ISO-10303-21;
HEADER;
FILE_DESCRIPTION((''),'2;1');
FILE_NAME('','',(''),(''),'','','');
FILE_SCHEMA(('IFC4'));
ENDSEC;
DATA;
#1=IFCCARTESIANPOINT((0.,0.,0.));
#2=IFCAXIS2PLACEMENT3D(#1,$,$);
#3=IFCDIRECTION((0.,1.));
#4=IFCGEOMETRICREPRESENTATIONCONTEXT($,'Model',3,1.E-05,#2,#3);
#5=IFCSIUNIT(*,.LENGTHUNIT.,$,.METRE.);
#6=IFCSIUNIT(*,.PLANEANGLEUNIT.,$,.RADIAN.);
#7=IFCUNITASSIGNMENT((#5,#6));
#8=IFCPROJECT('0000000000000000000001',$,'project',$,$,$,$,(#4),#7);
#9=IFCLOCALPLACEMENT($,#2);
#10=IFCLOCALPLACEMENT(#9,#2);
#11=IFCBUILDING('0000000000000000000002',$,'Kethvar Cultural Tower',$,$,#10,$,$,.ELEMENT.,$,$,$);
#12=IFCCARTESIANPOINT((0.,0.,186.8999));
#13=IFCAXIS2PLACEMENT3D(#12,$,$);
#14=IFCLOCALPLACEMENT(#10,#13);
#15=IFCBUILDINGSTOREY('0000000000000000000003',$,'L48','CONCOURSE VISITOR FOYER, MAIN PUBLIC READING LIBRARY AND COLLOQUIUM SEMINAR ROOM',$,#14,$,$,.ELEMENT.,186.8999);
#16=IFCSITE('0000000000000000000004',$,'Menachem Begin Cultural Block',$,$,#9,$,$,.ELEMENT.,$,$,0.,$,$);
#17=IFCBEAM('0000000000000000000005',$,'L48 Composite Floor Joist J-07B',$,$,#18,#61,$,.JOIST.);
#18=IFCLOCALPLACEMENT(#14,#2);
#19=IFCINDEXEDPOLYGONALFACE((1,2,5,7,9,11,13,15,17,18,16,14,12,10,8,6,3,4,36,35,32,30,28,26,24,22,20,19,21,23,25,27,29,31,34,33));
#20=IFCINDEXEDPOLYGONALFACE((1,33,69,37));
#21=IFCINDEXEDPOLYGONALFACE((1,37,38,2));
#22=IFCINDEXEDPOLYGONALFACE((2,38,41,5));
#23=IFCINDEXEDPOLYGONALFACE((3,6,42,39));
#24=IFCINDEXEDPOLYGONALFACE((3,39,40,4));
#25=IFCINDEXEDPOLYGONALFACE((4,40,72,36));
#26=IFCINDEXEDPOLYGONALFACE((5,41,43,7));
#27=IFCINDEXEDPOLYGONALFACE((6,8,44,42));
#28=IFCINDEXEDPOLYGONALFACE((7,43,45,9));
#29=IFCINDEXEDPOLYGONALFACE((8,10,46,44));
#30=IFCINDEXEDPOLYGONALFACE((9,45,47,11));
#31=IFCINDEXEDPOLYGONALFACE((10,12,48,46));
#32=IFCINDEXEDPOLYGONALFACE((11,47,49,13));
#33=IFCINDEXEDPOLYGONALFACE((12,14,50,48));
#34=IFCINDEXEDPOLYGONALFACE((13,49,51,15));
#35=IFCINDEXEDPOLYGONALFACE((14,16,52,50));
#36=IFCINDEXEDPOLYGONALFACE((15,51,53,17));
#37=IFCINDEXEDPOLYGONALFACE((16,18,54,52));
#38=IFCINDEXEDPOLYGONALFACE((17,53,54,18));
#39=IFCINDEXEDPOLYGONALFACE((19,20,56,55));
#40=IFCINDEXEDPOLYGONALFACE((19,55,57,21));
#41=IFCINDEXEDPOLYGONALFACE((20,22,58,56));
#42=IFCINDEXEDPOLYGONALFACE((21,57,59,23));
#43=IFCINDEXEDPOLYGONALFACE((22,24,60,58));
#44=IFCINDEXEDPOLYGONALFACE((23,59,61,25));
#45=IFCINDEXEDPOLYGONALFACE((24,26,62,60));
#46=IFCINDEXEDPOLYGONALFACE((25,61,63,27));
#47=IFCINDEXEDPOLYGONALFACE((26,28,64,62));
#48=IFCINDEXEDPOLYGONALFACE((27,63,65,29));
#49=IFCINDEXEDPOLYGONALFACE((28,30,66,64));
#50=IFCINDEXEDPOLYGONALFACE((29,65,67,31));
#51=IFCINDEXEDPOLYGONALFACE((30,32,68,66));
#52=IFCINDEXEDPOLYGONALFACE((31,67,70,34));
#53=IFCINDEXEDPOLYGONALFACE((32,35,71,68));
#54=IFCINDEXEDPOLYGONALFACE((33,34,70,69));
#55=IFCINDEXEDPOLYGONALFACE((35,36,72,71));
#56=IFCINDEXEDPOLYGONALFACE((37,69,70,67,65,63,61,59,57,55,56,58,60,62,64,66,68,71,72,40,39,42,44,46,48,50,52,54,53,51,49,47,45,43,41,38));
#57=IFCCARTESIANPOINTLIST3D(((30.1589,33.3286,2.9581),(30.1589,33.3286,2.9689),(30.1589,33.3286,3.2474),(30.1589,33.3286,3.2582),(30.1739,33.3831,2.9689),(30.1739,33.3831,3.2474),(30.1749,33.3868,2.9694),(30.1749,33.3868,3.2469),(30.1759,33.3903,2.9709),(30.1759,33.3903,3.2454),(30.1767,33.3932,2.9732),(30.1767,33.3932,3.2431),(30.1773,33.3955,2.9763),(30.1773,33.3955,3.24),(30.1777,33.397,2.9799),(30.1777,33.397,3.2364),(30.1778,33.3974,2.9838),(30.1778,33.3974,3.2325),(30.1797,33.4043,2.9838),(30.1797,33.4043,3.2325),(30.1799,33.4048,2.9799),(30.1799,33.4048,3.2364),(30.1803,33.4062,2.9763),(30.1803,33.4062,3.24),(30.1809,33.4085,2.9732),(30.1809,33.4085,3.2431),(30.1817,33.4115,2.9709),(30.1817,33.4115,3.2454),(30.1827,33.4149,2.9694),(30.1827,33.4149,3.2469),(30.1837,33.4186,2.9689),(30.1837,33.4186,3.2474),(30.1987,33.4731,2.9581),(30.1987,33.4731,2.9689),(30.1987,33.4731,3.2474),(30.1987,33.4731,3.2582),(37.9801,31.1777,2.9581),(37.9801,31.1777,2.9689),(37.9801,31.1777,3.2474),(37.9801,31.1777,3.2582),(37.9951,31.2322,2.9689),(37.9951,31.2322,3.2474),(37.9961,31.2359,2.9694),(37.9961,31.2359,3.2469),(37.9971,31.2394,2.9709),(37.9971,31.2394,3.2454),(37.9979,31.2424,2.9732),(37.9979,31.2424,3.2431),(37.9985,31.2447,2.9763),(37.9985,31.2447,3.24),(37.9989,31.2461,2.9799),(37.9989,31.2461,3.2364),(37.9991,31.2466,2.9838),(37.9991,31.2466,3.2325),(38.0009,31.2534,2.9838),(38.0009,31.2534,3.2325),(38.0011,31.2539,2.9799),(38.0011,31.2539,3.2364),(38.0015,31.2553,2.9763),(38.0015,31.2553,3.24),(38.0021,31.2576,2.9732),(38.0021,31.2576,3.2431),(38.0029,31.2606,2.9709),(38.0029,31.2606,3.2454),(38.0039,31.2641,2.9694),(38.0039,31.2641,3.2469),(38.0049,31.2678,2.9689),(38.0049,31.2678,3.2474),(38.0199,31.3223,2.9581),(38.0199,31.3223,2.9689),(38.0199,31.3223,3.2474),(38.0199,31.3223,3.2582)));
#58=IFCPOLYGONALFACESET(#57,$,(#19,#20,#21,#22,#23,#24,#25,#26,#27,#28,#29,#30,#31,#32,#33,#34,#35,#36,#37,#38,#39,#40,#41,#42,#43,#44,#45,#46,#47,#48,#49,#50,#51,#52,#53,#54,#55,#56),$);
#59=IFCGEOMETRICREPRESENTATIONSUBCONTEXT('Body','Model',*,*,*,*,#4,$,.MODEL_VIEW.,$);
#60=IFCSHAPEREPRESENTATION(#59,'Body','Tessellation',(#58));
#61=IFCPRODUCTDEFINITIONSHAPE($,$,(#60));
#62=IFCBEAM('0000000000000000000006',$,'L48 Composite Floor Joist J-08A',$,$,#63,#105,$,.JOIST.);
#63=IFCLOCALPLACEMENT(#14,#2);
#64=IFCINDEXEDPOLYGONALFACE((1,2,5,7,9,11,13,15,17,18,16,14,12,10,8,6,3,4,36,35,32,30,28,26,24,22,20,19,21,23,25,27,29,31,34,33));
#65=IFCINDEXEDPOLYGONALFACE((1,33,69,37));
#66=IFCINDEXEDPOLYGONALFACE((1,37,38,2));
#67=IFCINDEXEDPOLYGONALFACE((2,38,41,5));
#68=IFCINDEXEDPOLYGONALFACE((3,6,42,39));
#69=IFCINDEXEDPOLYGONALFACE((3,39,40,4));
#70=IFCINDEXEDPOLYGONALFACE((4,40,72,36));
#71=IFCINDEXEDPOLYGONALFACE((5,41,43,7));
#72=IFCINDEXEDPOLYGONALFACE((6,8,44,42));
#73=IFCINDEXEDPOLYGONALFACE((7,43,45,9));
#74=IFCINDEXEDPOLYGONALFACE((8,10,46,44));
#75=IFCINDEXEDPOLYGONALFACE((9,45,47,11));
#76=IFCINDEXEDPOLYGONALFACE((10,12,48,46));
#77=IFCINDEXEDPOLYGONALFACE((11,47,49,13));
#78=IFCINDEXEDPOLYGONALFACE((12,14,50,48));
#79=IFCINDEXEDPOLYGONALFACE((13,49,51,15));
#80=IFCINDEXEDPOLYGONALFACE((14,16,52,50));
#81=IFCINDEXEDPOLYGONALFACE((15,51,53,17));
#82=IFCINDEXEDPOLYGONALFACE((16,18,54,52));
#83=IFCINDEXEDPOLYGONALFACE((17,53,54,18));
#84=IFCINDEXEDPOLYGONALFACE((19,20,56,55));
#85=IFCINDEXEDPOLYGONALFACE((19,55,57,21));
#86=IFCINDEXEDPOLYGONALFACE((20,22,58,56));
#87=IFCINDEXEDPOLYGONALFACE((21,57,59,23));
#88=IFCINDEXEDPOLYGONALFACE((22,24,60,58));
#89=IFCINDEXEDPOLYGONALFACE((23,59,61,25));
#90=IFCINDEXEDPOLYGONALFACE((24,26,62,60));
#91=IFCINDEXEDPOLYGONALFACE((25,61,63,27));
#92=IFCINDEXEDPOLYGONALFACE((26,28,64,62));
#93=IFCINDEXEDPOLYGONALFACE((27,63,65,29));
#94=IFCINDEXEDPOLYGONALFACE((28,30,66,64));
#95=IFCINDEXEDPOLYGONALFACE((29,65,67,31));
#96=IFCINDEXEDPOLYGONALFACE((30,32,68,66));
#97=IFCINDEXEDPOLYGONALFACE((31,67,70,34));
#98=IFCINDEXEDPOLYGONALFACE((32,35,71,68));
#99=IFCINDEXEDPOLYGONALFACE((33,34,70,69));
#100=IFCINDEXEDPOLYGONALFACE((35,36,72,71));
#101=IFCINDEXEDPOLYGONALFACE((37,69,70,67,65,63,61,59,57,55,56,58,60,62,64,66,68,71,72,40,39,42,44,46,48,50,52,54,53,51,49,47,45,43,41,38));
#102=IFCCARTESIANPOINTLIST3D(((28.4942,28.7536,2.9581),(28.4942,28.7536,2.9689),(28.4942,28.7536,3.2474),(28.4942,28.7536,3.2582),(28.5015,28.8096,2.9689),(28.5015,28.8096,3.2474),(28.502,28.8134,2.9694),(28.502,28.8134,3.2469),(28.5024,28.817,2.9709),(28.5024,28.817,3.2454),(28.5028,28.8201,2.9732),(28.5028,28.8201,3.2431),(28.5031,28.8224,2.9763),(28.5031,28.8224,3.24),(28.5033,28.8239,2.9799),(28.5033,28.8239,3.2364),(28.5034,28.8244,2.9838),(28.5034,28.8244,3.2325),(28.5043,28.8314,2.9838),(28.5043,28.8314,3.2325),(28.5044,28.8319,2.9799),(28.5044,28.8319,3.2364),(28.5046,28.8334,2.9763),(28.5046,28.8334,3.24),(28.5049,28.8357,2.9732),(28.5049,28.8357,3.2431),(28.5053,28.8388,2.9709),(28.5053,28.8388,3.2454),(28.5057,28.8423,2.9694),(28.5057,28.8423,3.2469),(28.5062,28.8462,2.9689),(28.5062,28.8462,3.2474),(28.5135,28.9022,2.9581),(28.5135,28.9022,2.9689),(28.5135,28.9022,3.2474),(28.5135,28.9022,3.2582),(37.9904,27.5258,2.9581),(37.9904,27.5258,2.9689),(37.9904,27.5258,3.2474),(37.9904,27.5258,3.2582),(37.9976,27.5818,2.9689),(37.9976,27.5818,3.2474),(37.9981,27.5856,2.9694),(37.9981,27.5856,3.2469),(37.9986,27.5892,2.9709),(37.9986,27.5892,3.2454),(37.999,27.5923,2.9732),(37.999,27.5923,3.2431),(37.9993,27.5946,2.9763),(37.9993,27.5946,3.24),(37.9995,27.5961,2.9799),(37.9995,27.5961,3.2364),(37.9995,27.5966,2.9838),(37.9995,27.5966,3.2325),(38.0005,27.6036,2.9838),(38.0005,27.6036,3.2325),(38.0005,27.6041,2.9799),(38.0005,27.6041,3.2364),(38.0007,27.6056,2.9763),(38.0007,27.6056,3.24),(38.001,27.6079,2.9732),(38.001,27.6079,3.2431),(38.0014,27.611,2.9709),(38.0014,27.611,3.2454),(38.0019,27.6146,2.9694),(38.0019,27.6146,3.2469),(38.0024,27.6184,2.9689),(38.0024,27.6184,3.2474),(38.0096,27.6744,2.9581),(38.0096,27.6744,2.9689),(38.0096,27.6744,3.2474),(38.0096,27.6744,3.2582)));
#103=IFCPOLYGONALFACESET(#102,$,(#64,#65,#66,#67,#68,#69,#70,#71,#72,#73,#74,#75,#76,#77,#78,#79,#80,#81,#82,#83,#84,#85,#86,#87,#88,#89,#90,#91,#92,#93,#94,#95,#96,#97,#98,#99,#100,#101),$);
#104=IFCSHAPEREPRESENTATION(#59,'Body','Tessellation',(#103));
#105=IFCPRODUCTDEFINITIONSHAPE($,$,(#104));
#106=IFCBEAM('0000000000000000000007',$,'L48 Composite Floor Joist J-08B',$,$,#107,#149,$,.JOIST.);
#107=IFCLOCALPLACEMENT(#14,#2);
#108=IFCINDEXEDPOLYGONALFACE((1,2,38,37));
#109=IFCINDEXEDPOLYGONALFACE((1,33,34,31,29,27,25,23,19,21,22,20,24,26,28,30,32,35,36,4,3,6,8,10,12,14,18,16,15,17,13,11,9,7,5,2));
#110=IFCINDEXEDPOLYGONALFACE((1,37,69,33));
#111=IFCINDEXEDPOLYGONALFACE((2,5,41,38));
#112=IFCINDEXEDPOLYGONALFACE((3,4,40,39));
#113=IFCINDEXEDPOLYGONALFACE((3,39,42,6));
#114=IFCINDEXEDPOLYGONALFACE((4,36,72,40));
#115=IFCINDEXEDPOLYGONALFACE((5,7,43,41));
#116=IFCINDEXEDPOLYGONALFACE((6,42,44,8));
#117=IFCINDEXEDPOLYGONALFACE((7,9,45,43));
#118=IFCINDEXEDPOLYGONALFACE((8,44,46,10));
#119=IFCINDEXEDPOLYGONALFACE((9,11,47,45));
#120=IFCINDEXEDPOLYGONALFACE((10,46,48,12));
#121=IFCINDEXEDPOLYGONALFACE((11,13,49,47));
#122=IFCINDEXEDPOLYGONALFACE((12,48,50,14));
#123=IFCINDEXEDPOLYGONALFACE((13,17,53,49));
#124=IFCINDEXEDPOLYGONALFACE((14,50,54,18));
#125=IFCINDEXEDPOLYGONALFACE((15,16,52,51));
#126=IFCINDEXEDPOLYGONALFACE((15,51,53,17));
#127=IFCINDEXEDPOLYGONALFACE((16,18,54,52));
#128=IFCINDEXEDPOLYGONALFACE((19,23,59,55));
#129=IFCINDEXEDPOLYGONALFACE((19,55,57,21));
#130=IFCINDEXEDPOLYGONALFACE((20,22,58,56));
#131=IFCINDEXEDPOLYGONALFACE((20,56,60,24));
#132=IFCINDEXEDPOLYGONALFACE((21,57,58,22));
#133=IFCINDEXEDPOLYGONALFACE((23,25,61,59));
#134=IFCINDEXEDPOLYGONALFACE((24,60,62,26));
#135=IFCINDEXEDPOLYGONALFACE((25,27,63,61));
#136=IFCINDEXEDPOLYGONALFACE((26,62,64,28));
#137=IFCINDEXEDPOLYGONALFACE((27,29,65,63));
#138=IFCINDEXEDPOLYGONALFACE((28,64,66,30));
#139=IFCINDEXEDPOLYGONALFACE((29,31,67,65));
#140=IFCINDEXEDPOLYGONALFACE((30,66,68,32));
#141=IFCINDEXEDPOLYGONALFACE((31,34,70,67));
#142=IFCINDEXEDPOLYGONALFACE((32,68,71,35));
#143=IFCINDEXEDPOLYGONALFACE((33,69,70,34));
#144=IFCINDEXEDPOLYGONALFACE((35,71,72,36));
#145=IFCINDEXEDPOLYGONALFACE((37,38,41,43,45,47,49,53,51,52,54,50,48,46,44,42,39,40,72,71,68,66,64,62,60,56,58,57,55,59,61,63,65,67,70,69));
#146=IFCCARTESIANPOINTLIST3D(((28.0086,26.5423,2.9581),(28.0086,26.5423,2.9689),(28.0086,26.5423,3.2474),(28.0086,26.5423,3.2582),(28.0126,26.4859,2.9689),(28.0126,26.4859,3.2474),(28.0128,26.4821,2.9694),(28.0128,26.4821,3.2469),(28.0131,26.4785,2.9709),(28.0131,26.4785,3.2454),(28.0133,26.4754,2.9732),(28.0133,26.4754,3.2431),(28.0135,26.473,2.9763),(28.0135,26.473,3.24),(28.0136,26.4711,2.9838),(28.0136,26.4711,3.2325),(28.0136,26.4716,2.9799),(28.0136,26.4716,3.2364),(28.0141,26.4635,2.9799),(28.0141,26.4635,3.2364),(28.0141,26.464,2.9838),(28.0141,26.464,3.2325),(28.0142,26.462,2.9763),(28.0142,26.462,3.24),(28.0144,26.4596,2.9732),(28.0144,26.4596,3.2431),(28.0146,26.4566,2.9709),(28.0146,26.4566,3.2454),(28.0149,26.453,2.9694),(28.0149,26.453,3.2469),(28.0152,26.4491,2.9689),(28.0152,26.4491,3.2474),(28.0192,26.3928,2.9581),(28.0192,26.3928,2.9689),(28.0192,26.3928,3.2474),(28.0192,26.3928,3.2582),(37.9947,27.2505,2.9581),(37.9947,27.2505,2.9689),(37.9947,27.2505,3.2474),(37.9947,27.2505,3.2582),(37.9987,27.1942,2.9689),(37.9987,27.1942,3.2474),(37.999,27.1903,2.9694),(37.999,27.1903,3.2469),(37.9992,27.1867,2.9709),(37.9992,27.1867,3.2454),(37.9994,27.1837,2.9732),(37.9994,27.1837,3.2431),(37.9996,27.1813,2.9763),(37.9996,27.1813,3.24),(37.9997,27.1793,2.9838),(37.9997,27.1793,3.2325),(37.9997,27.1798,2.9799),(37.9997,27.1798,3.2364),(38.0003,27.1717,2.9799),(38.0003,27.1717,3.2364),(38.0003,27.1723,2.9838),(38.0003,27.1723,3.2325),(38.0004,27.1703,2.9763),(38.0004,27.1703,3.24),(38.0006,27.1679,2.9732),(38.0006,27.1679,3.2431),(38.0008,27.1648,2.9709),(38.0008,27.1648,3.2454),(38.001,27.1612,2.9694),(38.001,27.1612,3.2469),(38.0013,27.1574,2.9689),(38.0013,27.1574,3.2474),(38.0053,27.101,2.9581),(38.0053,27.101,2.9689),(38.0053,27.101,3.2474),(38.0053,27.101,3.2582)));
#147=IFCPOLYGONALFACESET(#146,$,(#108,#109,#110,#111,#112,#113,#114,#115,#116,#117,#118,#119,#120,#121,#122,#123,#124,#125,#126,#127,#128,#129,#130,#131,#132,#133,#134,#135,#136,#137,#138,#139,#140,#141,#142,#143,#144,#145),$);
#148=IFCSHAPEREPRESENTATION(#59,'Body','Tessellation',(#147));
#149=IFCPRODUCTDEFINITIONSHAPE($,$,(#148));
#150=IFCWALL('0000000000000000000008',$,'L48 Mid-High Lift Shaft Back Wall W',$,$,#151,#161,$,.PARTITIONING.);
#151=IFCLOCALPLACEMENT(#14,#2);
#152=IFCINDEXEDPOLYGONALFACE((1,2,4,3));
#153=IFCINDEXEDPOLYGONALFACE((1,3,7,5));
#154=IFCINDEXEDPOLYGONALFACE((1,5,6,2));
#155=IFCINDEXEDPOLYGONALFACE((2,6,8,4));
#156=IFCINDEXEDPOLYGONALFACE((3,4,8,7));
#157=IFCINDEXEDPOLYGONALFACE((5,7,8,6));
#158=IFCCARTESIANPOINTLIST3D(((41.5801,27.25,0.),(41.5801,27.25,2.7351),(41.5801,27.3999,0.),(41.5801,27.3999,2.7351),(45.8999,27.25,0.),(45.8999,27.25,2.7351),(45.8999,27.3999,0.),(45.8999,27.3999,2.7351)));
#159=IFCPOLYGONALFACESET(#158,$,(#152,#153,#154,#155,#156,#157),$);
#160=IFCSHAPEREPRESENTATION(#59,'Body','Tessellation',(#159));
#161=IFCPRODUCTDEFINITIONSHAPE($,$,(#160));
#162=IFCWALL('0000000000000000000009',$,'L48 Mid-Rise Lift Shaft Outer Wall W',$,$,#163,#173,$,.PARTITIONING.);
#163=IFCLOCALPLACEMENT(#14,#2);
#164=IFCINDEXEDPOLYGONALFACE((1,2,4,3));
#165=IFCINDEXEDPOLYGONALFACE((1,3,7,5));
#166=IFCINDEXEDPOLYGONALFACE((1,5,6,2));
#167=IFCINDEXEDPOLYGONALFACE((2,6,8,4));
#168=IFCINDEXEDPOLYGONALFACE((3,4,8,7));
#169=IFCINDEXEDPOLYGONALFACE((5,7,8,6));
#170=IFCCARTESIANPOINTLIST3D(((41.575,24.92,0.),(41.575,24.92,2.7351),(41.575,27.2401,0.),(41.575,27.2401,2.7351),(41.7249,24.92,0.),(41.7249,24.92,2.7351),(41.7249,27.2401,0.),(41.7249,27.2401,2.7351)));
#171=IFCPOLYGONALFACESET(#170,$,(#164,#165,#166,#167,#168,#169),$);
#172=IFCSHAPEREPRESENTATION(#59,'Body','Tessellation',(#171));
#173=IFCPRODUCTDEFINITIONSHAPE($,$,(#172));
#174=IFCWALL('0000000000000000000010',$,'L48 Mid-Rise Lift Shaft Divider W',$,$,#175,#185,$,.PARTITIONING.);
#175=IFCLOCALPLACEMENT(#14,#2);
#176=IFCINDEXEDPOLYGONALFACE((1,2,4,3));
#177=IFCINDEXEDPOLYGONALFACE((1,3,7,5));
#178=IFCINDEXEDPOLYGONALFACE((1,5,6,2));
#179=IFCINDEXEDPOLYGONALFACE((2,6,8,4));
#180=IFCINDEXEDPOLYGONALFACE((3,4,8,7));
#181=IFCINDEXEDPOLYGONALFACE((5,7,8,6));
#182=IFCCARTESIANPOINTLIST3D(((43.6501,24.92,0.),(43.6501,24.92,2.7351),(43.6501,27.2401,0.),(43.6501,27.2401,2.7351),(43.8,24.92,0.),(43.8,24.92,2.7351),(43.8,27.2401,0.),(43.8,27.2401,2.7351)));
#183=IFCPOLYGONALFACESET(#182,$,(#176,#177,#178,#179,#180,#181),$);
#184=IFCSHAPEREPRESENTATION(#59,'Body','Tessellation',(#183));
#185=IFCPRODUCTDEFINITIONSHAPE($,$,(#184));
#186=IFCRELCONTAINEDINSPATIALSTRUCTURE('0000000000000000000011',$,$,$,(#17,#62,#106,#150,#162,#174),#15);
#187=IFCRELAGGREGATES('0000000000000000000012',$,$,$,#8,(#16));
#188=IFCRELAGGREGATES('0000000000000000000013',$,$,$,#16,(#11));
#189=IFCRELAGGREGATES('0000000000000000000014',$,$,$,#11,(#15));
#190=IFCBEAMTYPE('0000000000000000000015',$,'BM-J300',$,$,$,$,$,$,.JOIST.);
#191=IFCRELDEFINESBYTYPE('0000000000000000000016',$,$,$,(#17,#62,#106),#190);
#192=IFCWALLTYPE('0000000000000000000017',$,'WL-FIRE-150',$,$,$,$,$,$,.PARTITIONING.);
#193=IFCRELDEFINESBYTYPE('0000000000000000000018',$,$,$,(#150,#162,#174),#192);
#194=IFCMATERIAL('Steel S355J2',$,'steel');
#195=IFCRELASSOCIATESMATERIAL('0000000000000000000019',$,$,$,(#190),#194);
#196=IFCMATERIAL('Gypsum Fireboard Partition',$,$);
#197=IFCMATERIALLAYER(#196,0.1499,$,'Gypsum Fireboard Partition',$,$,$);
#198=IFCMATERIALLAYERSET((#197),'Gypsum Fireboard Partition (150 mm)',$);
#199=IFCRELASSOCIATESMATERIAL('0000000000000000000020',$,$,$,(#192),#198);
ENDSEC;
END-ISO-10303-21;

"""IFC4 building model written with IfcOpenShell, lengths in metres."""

from ifc_helpers import new_model, si_unit, direction, frame, frame_2d, origin, origin_2d, place, context, subcontext, project, spatial, rectangle, i_section, extrude, source, transform, mapped, material, layer, layer_set, material_profile, profile_set, type_object, element, save


model = new_model("IFC4")

# Units and contexts
model_context = context("Model", 3, precision=1e-05, world=origin(), true_north=direction((0.0, 1.0)))
body_context = subcontext(model_context, "Body", "Model", "MODEL_VIEW")
ifc_project = project(units=[si_unit("LENGTHUNIT", "METRE"), si_unit("PLANEANGLEUNIT", "RADIAN")], contexts=[model_context])

# Site, building, storey
site_placement = place(None, origin())
site = spatial("IfcSite", under=ifc_project, at=site_placement, Name="Menachem Begin Cultural Block", CompositionType="ELEMENT", RefElevation=0.0)
building_placement = place(site_placement, origin())
building = spatial("IfcBuilding", under=site, at=building_placement, Name="Kethvar Cultural Tower", CompositionType="ELEMENT")
storey_placement = place(building_placement, frame((0.0, 0.0, 186.8999)))
storey = spatial("IfcBuildingStorey", under=building, at=storey_placement, Name="L48", Description="CONCOURSE VISITOR FOYER, MAIN PUBLIC READING LIBRARY AND COLLOQUIUM SEMINAR ROOM", CompositionType="ELEMENT", Elevation=186.8999)

# Beams
ifc_material_1 = material(Name="Steel S355J2", Category="steel")
ifc_material_profile_1 = material_profile(ifc_material_1, i_section(OverallWidth=0.1499, OverallDepth=0.3, WebThickness=0.0071, FlangeThickness=0.0107, FilletRadius=0.0149, at=origin_2d()), Name="Steel S355J2 — IPE300")
ifc_profile_set_1 = profile_set([ifc_material_profile_1], Name="Steel S355J2 — IPE300")
beam_type_1 = type_object("IfcBeamType", Name="BM-J300", PredefinedType="JOIST", material=ifc_profile_set_1)
shared_shape_1 = source(origin(), body_context, "Body", "SweptSolid", [
    extrude(i_section(OverallWidth=0.1499, OverallDepth=0.3, WebThickness=0.0071, FlangeThickness=0.0107, FilletRadius=0.0149, at=origin_2d()), origin(), (0.0, 0.0, 1.0), 8.1116),
])
beam_1_placement = place(storey_placement, frame((38.0, 31.25, 3.1082), z_axis=(-0.964205, 0.265159, 0.0), x_axis=(-0.265159, -0.964205, 0.0)))
element("IfcBeam", 1, at=beam_1_placement, inside=storey, type_object=beam_type_1, Name="L48 Composite Floor Joist J-07B", PredefinedType="JOIST", context=body_context, shape_type="MappedRepresentation", body=[
    mapped(shared_shape_1, transform((0.0, 0.0, 0.0), scale=1.0)),
])
shared_shape_2 = source(origin(), body_context, "Body", "SweptSolid", [
    extrude(i_section(OverallWidth=0.1499, OverallDepth=0.3, WebThickness=0.0071, FlangeThickness=0.0107, FilletRadius=0.0149, at=origin_2d()), origin(), (0.0, 0.0, 1.0), 9.5752),
])
beam_2_placement = place(storey_placement, frame((38.0, 27.6001, 3.1082), z_axis=(-0.991745, 0.128226, 0.0), x_axis=(-0.128226, -0.991745, 0.0)))
element("IfcBeam", 2, at=beam_2_placement, inside=storey, type_object=beam_type_1, Name="L48 Composite Floor Joist J-08A", PredefinedType="JOIST", context=body_context, shape_type="MappedRepresentation", body=[
    mapped(shared_shape_2, transform((0.0, 0.0, 0.0), scale=1.0)),
])
shared_shape_3 = source(origin(), body_context, "Body", "SweptSolid", [
    extrude(i_section(OverallWidth=0.1499, OverallDepth=0.3, WebThickness=0.0071, FlangeThickness=0.0107, FilletRadius=0.0149, at=origin_2d()), origin(), (0.0, 0.0, 1.0), 10.0112),
])
beam_3_placement = place(storey_placement, frame((38.0, 27.1758, 3.1082), z_axis=(-0.997494, -0.070746, 0.0), x_axis=(0.070746, -0.997494, 0.0)))
element("IfcBeam", 3, at=beam_3_placement, inside=storey, type_object=beam_type_1, Name="L48 Composite Floor Joist J-08B", PredefinedType="JOIST", context=body_context, shape_type="MappedRepresentation", body=[
    mapped(shared_shape_3, transform((0.0, 0.0, 0.0), scale=1.0)),
])

# Walls
ifc_material_2 = material(Name="Gypsum Fireboard Partition")
ifc_layer_1 = layer(ifc_material_2, 0.1499, Name="Gypsum Fireboard Partition")
ifc_layer_set_1 = layer_set([ifc_layer_1], Name="Gypsum Fireboard Partition (150 mm)")
wall_type_1 = type_object("IfcWallType", Name="WL-FIRE-150", PredefinedType="PARTITIONING", material=ifc_layer_set_1)
wall_1_placement = place(storey_placement, frame((41.5801, 27.325, 0.0), z_axis=(0.0, 0.0, 1.0), x_axis=(1.0, 0.0, 0.0)))
element("IfcWall", 4, at=wall_1_placement, inside=storey, type_object=wall_type_1, Name="L48 Mid-High Lift Shaft Back Wall W", PredefinedType="PARTITIONING", context=body_context, shape_type="SweptSolid", body=[
    extrude(rectangle(XDim=4.3198, YDim=0.1499, at=frame_2d((2.1599, 0.0))), origin(), (0.0, 0.0, 1.0), 2.7351),
])
for number, where, z_axis, x_axis, name in (
    (5, (41.6499, 24.9199, 0.0), (0.0, 0.0, 1.0), (0.0, 1.0, 0.0), "L48 Mid-Rise Lift Shaft Outer Wall W"),
    (6, (43.7251, 24.9199, 0.0), (0.0, 0.0, 1.0), (0.0, 1.0, 0.0), "L48 Mid-Rise Lift Shaft Divider W"),
):
    element("IfcWall", number, at=place(storey_placement, frame(where, z_axis=z_axis, x_axis=x_axis)), inside=storey, type_object=wall_type_1, Name=name, PredefinedType="PARTITIONING", context=body_context, shape_type="SweptSolid", body=[
        extrude(rectangle(XDim=2.3201, YDim=0.1499, at=frame_2d((1.1602, 0.0))), origin(), (0.0, 0.0, 1.0), 2.7351),
    ])

save(model, "model.ifc")
